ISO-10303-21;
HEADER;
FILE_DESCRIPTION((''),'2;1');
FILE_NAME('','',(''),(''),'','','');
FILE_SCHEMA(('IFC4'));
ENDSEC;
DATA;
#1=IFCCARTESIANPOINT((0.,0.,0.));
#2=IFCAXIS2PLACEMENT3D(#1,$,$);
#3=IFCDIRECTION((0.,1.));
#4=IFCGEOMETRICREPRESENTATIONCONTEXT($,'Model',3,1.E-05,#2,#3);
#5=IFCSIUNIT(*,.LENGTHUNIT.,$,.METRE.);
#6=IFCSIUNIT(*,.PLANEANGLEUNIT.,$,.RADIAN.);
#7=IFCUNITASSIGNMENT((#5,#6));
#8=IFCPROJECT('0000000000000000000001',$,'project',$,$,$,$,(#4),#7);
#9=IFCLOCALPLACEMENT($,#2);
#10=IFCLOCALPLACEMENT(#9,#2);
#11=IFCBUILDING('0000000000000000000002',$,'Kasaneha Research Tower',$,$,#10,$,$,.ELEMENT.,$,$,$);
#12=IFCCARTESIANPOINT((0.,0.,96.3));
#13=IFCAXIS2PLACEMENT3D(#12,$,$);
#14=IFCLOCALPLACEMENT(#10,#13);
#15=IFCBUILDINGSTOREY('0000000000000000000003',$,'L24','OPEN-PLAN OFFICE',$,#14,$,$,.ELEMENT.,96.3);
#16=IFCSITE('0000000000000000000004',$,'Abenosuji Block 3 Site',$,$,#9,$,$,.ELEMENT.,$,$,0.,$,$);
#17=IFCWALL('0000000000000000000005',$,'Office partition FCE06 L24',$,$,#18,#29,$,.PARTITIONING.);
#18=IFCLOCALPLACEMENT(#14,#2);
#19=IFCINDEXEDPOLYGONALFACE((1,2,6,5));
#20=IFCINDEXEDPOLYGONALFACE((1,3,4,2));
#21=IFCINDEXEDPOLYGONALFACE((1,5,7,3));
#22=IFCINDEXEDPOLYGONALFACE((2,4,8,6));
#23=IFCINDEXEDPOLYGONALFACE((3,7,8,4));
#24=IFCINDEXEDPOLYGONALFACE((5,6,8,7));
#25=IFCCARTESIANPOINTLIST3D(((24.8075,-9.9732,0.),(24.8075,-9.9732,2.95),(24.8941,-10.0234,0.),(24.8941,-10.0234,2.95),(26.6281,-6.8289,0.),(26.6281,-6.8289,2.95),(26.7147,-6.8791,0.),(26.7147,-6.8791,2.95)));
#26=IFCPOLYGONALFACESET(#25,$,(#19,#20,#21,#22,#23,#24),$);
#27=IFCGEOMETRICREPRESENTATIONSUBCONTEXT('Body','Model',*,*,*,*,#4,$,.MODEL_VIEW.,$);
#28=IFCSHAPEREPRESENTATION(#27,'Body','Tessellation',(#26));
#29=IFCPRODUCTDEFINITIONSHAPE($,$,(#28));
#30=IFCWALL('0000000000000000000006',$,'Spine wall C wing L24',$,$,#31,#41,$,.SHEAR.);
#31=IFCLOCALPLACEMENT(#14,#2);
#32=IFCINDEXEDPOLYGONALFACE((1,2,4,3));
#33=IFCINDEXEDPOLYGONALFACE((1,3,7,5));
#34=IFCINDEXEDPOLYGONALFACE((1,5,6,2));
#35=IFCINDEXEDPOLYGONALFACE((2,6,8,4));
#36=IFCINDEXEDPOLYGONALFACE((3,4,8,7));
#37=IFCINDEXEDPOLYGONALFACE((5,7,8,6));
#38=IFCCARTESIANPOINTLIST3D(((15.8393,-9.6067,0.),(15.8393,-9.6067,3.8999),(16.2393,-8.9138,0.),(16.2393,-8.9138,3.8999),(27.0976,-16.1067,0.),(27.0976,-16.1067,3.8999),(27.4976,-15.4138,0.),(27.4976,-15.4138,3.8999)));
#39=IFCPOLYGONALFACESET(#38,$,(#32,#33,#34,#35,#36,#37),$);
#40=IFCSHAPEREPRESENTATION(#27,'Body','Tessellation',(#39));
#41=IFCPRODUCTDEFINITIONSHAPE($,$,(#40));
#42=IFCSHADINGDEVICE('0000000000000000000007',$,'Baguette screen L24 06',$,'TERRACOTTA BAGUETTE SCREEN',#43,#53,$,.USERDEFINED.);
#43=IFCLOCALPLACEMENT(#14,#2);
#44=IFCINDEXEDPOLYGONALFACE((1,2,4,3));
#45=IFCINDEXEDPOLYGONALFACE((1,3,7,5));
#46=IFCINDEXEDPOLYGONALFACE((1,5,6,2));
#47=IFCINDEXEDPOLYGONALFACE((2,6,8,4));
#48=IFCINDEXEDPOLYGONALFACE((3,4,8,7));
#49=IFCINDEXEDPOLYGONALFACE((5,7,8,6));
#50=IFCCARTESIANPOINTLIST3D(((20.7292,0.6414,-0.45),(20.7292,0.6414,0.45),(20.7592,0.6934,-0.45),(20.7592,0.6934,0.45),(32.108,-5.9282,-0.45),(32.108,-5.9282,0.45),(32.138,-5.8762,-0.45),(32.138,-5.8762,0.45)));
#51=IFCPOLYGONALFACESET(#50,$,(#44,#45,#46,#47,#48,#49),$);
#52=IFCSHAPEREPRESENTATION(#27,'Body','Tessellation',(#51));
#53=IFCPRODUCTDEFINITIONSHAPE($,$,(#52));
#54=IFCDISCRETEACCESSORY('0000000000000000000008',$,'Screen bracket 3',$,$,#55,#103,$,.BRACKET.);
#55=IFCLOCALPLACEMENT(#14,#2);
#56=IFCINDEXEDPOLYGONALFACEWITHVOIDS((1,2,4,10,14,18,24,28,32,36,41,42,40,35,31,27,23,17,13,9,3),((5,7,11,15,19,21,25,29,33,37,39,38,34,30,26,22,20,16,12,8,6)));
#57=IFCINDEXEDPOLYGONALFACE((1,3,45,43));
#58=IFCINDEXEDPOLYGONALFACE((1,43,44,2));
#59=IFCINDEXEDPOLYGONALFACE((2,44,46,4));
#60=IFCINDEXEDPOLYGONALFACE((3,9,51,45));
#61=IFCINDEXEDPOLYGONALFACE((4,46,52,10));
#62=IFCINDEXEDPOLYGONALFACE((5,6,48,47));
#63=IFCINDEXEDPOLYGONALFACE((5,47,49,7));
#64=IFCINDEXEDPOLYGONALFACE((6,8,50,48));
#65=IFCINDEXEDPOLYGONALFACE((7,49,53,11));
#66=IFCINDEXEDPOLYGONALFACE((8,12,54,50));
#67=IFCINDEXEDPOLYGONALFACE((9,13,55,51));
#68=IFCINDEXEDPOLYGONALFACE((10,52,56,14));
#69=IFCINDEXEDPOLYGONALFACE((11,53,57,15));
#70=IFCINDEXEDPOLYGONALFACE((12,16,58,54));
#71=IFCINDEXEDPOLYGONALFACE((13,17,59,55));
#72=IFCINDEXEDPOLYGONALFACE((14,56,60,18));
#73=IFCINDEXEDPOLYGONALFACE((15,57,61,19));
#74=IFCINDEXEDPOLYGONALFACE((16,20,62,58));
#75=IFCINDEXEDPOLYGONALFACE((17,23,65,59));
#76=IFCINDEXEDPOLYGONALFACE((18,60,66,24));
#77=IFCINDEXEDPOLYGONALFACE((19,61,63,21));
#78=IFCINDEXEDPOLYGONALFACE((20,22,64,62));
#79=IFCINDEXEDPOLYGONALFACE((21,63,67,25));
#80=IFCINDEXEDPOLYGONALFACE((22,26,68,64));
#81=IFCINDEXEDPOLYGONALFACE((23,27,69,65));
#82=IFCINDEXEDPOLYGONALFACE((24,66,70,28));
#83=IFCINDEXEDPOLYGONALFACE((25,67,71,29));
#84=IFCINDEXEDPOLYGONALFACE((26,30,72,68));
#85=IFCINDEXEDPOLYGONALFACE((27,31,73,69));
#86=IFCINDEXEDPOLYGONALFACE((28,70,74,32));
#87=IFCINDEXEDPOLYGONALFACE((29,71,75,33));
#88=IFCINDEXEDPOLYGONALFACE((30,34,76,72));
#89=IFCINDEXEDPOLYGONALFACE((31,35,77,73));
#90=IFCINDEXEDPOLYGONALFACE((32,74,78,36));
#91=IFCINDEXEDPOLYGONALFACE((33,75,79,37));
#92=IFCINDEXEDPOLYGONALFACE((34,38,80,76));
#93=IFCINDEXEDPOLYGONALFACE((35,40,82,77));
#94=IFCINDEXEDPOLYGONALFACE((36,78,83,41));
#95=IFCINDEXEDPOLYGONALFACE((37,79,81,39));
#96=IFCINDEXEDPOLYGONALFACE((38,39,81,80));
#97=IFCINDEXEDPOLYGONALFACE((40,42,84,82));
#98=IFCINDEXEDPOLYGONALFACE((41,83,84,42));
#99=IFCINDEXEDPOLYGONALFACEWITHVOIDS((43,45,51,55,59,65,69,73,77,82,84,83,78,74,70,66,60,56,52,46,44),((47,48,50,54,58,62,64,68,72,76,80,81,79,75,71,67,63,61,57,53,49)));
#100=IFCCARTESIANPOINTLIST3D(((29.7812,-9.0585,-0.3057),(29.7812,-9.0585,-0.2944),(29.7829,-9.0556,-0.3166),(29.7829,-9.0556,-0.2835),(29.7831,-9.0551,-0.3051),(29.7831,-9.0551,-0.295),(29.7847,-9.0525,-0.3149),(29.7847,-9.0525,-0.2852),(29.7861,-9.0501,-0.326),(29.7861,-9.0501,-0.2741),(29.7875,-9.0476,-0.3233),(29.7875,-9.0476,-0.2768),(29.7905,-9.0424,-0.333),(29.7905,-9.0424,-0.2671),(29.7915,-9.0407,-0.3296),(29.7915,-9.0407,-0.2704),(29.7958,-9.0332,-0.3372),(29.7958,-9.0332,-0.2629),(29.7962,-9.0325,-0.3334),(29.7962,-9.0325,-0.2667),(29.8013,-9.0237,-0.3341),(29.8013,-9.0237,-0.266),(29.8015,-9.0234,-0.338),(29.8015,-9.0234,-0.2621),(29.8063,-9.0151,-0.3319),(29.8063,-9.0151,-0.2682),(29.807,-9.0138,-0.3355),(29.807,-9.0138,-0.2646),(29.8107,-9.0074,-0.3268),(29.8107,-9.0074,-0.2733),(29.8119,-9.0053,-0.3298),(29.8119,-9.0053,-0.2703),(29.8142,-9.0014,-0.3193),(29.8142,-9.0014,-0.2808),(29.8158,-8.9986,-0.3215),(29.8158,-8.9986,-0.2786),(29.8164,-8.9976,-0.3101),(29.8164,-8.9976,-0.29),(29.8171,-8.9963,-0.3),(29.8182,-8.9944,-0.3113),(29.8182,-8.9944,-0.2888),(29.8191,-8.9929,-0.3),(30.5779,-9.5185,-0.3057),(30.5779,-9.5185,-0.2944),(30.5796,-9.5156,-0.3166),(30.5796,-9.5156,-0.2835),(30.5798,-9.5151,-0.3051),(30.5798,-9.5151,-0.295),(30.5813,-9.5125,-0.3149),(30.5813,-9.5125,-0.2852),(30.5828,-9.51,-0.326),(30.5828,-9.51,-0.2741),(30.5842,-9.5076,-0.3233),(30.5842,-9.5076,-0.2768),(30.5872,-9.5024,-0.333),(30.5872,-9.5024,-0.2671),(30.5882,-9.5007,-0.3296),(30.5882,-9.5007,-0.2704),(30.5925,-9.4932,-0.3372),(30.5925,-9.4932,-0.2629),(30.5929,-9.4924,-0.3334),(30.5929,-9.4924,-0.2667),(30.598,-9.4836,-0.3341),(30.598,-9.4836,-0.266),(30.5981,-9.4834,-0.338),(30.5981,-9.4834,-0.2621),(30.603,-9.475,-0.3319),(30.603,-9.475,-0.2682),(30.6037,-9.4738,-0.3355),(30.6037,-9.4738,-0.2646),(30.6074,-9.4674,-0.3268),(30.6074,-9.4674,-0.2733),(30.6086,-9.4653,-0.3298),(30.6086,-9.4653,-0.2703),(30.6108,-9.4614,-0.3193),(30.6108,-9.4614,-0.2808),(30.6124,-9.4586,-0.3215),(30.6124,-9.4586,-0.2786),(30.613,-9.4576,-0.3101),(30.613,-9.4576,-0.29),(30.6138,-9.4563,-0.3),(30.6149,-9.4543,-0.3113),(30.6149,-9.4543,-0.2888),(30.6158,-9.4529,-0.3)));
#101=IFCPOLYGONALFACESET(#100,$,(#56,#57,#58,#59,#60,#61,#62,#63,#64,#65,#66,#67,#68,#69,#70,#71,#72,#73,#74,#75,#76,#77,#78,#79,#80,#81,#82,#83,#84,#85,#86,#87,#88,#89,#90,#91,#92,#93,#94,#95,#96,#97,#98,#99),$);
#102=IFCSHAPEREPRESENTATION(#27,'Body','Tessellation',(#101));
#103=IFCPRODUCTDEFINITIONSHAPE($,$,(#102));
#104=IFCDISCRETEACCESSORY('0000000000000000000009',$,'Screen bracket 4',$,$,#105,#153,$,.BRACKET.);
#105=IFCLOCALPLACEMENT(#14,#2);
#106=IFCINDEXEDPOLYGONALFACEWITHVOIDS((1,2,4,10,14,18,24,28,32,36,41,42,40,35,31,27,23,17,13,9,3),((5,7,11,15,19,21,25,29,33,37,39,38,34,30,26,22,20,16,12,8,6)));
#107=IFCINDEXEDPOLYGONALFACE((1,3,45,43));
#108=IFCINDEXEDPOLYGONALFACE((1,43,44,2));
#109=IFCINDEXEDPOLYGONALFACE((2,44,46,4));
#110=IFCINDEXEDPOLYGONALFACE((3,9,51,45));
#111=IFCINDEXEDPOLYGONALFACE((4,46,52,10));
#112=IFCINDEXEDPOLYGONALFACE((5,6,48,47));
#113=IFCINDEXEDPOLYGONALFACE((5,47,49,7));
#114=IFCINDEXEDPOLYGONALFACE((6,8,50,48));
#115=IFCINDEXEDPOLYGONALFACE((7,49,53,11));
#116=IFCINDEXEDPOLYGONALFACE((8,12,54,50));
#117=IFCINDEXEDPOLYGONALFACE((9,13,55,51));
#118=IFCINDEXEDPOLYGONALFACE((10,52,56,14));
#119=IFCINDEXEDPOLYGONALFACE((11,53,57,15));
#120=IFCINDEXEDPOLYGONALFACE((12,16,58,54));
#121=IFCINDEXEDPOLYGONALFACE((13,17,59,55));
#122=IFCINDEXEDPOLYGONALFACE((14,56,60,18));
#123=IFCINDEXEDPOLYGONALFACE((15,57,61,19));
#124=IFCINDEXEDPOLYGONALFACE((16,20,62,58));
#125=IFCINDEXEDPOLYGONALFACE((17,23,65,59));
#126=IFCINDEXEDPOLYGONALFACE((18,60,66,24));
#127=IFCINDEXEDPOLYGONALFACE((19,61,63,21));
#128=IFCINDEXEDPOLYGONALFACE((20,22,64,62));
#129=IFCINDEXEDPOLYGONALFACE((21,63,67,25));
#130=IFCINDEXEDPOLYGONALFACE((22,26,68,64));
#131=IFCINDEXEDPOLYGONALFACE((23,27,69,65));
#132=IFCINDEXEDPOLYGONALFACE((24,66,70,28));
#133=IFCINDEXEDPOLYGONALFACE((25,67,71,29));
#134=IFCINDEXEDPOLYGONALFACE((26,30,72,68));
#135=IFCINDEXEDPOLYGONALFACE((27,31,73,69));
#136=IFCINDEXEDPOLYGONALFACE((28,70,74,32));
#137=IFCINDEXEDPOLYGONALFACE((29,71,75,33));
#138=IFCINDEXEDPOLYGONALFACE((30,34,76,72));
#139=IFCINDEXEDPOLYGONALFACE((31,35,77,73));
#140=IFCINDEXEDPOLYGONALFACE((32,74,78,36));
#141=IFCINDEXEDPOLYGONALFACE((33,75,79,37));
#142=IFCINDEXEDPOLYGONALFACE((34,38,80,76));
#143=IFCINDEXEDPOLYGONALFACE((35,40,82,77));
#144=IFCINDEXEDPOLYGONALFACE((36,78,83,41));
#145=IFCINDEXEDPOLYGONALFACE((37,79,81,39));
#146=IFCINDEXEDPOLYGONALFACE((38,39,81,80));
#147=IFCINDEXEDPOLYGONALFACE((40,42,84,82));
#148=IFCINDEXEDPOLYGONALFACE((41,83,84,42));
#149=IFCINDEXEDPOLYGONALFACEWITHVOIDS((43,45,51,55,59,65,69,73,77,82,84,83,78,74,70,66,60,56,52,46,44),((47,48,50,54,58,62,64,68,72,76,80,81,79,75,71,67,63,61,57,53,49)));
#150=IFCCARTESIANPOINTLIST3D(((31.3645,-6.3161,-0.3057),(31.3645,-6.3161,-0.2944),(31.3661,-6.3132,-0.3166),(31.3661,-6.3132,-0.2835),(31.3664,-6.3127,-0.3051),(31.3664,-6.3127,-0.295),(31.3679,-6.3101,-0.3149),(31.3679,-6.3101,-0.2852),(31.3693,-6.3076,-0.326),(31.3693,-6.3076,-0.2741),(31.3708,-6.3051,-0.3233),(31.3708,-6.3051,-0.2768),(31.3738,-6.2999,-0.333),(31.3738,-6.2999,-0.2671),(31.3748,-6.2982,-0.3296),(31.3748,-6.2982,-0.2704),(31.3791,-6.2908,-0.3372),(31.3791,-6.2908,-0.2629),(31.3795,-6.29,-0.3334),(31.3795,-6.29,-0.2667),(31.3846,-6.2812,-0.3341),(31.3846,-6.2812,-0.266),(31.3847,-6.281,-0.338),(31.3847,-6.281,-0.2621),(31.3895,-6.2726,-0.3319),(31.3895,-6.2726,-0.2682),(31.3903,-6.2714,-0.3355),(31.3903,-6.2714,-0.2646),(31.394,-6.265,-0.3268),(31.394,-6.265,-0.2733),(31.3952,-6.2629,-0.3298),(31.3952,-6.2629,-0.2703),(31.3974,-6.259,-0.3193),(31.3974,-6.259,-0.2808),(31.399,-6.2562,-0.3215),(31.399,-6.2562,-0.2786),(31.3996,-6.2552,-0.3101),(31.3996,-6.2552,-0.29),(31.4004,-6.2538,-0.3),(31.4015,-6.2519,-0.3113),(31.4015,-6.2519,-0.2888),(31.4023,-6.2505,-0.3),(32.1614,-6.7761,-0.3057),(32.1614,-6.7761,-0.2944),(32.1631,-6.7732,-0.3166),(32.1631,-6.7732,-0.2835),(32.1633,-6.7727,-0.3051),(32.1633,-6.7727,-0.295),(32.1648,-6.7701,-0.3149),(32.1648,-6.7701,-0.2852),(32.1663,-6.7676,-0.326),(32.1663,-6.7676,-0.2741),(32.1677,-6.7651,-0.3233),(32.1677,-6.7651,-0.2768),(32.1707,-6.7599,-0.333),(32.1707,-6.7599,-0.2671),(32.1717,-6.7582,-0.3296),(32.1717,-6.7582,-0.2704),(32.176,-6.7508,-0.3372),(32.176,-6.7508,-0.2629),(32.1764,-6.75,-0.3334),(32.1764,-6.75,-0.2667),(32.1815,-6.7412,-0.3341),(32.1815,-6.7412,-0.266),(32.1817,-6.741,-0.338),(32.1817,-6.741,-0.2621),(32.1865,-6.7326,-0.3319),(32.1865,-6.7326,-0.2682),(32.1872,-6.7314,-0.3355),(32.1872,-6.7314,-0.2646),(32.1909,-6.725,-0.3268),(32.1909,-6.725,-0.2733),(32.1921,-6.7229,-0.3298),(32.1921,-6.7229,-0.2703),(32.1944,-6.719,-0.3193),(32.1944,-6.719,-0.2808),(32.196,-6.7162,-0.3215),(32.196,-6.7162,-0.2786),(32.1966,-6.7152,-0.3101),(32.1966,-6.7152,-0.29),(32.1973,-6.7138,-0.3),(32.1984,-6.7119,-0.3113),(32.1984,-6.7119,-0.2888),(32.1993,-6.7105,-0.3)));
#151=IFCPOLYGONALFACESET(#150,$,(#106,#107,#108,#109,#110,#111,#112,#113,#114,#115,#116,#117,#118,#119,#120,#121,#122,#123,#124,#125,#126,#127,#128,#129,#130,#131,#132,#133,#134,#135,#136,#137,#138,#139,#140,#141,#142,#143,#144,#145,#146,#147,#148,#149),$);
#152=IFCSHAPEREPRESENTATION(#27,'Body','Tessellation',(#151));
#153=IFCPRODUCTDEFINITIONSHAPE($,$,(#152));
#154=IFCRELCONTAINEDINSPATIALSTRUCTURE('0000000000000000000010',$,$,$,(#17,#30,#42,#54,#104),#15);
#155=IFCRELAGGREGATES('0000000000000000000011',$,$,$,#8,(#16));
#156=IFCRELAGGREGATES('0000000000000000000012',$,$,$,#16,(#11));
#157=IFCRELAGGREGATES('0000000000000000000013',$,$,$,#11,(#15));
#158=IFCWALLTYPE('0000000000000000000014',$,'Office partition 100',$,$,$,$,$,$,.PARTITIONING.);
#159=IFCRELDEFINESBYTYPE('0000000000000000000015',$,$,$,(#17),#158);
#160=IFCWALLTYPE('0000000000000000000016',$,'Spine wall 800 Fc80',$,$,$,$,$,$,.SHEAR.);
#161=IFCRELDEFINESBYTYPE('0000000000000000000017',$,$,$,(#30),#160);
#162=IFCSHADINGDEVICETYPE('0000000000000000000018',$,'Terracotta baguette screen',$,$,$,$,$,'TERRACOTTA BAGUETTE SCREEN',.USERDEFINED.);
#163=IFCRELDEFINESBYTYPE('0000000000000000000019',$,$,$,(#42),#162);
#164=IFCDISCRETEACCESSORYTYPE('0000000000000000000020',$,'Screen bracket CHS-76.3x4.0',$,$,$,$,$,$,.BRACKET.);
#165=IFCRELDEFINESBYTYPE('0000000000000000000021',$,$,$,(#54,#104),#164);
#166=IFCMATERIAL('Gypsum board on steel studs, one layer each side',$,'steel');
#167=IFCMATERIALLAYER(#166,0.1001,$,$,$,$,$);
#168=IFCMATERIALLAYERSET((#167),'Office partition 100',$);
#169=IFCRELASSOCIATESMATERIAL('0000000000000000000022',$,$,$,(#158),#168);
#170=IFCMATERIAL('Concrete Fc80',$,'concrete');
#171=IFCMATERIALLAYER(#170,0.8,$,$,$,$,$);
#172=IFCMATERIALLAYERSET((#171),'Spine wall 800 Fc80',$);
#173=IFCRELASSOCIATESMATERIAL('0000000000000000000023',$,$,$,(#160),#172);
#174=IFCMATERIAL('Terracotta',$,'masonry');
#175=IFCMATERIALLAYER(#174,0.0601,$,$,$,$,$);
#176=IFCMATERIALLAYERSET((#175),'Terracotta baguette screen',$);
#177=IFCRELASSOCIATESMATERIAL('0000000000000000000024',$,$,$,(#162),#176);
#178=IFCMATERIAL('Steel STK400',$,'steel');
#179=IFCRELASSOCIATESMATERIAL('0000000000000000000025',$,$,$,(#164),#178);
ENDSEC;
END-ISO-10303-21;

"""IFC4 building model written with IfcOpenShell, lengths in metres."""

from ifc_helpers import new_model, si_unit, direction, frame, frame_2d, origin, origin_2d, place, context, subcontext, project, spatial, rectangle, hollow_circle, extrude, material, layer, layer_set, material_profile, profile_set, type_object, element, save


model = new_model("IFC4")

# Units and contexts
model_context = context("Model", 3, precision=1e-05, world=origin(), true_north=direction((0.0, 1.0)))
body_context = subcontext(model_context, "Body", "Model", "MODEL_VIEW")
ifc_project = project(units=[si_unit("LENGTHUNIT", "METRE"), si_unit("PLANEANGLEUNIT", "RADIAN")], contexts=[model_context])

# Site, building, storey
site_placement = place(None, origin())
site = spatial("IfcSite", under=ifc_project, at=site_placement, Name="Abenosuji Block 3 Site", CompositionType="ELEMENT", RefElevation=0.0)
building_placement = place(site_placement, origin())
building = spatial("IfcBuilding", under=site, at=building_placement, Name="Kasaneha Research Tower", CompositionType="ELEMENT")
storey_placement = place(building_placement, frame((0.0, 0.0, 96.3)))
storey = spatial("IfcBuildingStorey", under=building, at=storey_placement, Name="L24", Description="OPEN-PLAN OFFICE", CompositionType="ELEMENT", Elevation=96.3)

# Shared definitions
ifc_material_1 = material(Name="Gypsum board on steel studs, one layer each side", Category="steel")
ifc_layer_1 = layer(ifc_material_1, 0.1001)
ifc_layer_set_1 = layer_set([ifc_layer_1], Name="Office partition 100")
wall_type_1 = type_object("IfcWallType", Name="Office partition 100", PredefinedType="PARTITIONING", material=ifc_layer_set_1)

# Walls
wall_1_placement = place(storey_placement, frame((24.8508, -9.9983, 0.0), z_axis=(0.0, 0.0, 1.0), x_axis=(0.501073, 0.865405, 0.0)))
element("IfcWall", 1, at=wall_1_placement, inside=storey, type_object=wall_type_1, Name="Office partition FCE06 L24", PredefinedType="PARTITIONING", context=body_context, shape_type="SweptSolid", body=[
    extrude(rectangle(XDim=3.6333, YDim=0.1001, at=frame_2d((1.8167, 0.0))), origin(), (0.0, 0.0, 1.0), 2.95),
])
ifc_material_2 = material(Name="Concrete Fc80", Category="concrete")
ifc_layer_2 = layer(ifc_material_2, 0.8)
ifc_layer_set_2 = layer_set([ifc_layer_2], Name="Spine wall 800 Fc80")
wall_type_2 = type_object("IfcWallType", Name="Spine wall 800 Fc80", PredefinedType="SHEAR", material=ifc_layer_set_2)
wall_2_placement = place(storey_placement, frame((16.0393, -9.2603, 0.0), z_axis=(0.0, 0.0, 1.0), x_axis=(0.866025, -0.500001, 0.0)))
element("IfcWall", 2, at=wall_2_placement, inside=storey, type_object=wall_type_2, Name="Spine wall C wing L24", PredefinedType="SHEAR", context=body_context, shape_type="SweptSolid", body=[
    extrude(rectangle(XDim=13.0, YDim=0.8, at=frame_2d((6.5, 0.0))), origin(), (0.0, 0.0, 1.0), 3.8999),
])

# Shading device
ifc_material_3 = material(Name="Terracotta", Category="masonry")
ifc_layer_3 = layer(ifc_material_3, 0.0601)
ifc_layer_set_3 = layer_set([ifc_layer_3], Name="Terracotta baguette screen")
shading_device_type = type_object("IfcShadingDeviceType", Name="Terracotta baguette screen", ElementType="TERRACOTTA BAGUETTE SCREEN", PredefinedType="USERDEFINED", material=ifc_layer_set_3)
shading_device_placement = place(storey_placement, frame((26.4336, -2.6174, -0.45), z_axis=(0.0, 0.0, 1.0), x_axis=(-0.866025, 0.5, 0.0)))
element("IfcShadingDevice", 3, at=shading_device_placement, inside=storey, type_object=shading_device_type, Name="Baguette screen L24 06", ObjectType="TERRACOTTA BAGUETTE SCREEN", PredefinedType="USERDEFINED", context=body_context, shape_type="SweptSolid", body=[
    extrude(rectangle(XDim=13.1392, YDim=0.0601, at=origin_2d()), origin(), (0.0, 0.0, 1.0), 0.8999),
])

# Discrete accessories
ifc_material_4 = material(Name="Steel STK400", Category="steel")
ifc_material_profile_1 = material_profile(ifc_material_4, hollow_circle(Radius=0.0381, WallThickness=0.0039, at=origin_2d()), Name="CHS-76.3x4.0")
ifc_profile_set_1 = profile_set([ifc_material_profile_1], Name="Steel STK400")
discrete_accessory_type = type_object("IfcDiscreteAccessoryType", Name="Screen bracket CHS-76.3x4.0", PredefinedType="BRACKET", material=ifc_profile_set_1)
discrete_accessory_1_placement = place(storey_placement, frame((29.8, -9.0259, -0.3), z_axis=(0.866013, -0.500021, 0.0), x_axis=(0.500021, 0.866013, 0.0)))
element("IfcDiscreteAccessory", 4, at=discrete_accessory_1_placement, inside=storey, type_object=discrete_accessory_type, Name="Screen bracket 3", PredefinedType="BRACKET", context=body_context, shape_type="SweptSolid", body=[
    extrude(hollow_circle(Radius=0.0381, WallThickness=0.0039, at=origin_2d()), origin(), (0.0, 0.0, 1.0), 0.9199),
])
discrete_accessory_2_placement = place(storey_placement, frame((31.3833, -6.2834, -0.3), z_axis=(0.86608, -0.499906, 0.0), x_axis=(0.499906, 0.86608, 0.0)))
element("IfcDiscreteAccessory", 5, at=discrete_accessory_2_placement, inside=storey, type_object=discrete_accessory_type, Name="Screen bracket 4", PredefinedType="BRACKET", context=body_context, shape_type="SweptSolid", body=[
    extrude(hollow_circle(Radius=0.0381, WallThickness=0.0039, at=origin_2d()), origin(), (0.0, 0.0, 1.0), 0.9202),
])

save(model, "model.ifc")
